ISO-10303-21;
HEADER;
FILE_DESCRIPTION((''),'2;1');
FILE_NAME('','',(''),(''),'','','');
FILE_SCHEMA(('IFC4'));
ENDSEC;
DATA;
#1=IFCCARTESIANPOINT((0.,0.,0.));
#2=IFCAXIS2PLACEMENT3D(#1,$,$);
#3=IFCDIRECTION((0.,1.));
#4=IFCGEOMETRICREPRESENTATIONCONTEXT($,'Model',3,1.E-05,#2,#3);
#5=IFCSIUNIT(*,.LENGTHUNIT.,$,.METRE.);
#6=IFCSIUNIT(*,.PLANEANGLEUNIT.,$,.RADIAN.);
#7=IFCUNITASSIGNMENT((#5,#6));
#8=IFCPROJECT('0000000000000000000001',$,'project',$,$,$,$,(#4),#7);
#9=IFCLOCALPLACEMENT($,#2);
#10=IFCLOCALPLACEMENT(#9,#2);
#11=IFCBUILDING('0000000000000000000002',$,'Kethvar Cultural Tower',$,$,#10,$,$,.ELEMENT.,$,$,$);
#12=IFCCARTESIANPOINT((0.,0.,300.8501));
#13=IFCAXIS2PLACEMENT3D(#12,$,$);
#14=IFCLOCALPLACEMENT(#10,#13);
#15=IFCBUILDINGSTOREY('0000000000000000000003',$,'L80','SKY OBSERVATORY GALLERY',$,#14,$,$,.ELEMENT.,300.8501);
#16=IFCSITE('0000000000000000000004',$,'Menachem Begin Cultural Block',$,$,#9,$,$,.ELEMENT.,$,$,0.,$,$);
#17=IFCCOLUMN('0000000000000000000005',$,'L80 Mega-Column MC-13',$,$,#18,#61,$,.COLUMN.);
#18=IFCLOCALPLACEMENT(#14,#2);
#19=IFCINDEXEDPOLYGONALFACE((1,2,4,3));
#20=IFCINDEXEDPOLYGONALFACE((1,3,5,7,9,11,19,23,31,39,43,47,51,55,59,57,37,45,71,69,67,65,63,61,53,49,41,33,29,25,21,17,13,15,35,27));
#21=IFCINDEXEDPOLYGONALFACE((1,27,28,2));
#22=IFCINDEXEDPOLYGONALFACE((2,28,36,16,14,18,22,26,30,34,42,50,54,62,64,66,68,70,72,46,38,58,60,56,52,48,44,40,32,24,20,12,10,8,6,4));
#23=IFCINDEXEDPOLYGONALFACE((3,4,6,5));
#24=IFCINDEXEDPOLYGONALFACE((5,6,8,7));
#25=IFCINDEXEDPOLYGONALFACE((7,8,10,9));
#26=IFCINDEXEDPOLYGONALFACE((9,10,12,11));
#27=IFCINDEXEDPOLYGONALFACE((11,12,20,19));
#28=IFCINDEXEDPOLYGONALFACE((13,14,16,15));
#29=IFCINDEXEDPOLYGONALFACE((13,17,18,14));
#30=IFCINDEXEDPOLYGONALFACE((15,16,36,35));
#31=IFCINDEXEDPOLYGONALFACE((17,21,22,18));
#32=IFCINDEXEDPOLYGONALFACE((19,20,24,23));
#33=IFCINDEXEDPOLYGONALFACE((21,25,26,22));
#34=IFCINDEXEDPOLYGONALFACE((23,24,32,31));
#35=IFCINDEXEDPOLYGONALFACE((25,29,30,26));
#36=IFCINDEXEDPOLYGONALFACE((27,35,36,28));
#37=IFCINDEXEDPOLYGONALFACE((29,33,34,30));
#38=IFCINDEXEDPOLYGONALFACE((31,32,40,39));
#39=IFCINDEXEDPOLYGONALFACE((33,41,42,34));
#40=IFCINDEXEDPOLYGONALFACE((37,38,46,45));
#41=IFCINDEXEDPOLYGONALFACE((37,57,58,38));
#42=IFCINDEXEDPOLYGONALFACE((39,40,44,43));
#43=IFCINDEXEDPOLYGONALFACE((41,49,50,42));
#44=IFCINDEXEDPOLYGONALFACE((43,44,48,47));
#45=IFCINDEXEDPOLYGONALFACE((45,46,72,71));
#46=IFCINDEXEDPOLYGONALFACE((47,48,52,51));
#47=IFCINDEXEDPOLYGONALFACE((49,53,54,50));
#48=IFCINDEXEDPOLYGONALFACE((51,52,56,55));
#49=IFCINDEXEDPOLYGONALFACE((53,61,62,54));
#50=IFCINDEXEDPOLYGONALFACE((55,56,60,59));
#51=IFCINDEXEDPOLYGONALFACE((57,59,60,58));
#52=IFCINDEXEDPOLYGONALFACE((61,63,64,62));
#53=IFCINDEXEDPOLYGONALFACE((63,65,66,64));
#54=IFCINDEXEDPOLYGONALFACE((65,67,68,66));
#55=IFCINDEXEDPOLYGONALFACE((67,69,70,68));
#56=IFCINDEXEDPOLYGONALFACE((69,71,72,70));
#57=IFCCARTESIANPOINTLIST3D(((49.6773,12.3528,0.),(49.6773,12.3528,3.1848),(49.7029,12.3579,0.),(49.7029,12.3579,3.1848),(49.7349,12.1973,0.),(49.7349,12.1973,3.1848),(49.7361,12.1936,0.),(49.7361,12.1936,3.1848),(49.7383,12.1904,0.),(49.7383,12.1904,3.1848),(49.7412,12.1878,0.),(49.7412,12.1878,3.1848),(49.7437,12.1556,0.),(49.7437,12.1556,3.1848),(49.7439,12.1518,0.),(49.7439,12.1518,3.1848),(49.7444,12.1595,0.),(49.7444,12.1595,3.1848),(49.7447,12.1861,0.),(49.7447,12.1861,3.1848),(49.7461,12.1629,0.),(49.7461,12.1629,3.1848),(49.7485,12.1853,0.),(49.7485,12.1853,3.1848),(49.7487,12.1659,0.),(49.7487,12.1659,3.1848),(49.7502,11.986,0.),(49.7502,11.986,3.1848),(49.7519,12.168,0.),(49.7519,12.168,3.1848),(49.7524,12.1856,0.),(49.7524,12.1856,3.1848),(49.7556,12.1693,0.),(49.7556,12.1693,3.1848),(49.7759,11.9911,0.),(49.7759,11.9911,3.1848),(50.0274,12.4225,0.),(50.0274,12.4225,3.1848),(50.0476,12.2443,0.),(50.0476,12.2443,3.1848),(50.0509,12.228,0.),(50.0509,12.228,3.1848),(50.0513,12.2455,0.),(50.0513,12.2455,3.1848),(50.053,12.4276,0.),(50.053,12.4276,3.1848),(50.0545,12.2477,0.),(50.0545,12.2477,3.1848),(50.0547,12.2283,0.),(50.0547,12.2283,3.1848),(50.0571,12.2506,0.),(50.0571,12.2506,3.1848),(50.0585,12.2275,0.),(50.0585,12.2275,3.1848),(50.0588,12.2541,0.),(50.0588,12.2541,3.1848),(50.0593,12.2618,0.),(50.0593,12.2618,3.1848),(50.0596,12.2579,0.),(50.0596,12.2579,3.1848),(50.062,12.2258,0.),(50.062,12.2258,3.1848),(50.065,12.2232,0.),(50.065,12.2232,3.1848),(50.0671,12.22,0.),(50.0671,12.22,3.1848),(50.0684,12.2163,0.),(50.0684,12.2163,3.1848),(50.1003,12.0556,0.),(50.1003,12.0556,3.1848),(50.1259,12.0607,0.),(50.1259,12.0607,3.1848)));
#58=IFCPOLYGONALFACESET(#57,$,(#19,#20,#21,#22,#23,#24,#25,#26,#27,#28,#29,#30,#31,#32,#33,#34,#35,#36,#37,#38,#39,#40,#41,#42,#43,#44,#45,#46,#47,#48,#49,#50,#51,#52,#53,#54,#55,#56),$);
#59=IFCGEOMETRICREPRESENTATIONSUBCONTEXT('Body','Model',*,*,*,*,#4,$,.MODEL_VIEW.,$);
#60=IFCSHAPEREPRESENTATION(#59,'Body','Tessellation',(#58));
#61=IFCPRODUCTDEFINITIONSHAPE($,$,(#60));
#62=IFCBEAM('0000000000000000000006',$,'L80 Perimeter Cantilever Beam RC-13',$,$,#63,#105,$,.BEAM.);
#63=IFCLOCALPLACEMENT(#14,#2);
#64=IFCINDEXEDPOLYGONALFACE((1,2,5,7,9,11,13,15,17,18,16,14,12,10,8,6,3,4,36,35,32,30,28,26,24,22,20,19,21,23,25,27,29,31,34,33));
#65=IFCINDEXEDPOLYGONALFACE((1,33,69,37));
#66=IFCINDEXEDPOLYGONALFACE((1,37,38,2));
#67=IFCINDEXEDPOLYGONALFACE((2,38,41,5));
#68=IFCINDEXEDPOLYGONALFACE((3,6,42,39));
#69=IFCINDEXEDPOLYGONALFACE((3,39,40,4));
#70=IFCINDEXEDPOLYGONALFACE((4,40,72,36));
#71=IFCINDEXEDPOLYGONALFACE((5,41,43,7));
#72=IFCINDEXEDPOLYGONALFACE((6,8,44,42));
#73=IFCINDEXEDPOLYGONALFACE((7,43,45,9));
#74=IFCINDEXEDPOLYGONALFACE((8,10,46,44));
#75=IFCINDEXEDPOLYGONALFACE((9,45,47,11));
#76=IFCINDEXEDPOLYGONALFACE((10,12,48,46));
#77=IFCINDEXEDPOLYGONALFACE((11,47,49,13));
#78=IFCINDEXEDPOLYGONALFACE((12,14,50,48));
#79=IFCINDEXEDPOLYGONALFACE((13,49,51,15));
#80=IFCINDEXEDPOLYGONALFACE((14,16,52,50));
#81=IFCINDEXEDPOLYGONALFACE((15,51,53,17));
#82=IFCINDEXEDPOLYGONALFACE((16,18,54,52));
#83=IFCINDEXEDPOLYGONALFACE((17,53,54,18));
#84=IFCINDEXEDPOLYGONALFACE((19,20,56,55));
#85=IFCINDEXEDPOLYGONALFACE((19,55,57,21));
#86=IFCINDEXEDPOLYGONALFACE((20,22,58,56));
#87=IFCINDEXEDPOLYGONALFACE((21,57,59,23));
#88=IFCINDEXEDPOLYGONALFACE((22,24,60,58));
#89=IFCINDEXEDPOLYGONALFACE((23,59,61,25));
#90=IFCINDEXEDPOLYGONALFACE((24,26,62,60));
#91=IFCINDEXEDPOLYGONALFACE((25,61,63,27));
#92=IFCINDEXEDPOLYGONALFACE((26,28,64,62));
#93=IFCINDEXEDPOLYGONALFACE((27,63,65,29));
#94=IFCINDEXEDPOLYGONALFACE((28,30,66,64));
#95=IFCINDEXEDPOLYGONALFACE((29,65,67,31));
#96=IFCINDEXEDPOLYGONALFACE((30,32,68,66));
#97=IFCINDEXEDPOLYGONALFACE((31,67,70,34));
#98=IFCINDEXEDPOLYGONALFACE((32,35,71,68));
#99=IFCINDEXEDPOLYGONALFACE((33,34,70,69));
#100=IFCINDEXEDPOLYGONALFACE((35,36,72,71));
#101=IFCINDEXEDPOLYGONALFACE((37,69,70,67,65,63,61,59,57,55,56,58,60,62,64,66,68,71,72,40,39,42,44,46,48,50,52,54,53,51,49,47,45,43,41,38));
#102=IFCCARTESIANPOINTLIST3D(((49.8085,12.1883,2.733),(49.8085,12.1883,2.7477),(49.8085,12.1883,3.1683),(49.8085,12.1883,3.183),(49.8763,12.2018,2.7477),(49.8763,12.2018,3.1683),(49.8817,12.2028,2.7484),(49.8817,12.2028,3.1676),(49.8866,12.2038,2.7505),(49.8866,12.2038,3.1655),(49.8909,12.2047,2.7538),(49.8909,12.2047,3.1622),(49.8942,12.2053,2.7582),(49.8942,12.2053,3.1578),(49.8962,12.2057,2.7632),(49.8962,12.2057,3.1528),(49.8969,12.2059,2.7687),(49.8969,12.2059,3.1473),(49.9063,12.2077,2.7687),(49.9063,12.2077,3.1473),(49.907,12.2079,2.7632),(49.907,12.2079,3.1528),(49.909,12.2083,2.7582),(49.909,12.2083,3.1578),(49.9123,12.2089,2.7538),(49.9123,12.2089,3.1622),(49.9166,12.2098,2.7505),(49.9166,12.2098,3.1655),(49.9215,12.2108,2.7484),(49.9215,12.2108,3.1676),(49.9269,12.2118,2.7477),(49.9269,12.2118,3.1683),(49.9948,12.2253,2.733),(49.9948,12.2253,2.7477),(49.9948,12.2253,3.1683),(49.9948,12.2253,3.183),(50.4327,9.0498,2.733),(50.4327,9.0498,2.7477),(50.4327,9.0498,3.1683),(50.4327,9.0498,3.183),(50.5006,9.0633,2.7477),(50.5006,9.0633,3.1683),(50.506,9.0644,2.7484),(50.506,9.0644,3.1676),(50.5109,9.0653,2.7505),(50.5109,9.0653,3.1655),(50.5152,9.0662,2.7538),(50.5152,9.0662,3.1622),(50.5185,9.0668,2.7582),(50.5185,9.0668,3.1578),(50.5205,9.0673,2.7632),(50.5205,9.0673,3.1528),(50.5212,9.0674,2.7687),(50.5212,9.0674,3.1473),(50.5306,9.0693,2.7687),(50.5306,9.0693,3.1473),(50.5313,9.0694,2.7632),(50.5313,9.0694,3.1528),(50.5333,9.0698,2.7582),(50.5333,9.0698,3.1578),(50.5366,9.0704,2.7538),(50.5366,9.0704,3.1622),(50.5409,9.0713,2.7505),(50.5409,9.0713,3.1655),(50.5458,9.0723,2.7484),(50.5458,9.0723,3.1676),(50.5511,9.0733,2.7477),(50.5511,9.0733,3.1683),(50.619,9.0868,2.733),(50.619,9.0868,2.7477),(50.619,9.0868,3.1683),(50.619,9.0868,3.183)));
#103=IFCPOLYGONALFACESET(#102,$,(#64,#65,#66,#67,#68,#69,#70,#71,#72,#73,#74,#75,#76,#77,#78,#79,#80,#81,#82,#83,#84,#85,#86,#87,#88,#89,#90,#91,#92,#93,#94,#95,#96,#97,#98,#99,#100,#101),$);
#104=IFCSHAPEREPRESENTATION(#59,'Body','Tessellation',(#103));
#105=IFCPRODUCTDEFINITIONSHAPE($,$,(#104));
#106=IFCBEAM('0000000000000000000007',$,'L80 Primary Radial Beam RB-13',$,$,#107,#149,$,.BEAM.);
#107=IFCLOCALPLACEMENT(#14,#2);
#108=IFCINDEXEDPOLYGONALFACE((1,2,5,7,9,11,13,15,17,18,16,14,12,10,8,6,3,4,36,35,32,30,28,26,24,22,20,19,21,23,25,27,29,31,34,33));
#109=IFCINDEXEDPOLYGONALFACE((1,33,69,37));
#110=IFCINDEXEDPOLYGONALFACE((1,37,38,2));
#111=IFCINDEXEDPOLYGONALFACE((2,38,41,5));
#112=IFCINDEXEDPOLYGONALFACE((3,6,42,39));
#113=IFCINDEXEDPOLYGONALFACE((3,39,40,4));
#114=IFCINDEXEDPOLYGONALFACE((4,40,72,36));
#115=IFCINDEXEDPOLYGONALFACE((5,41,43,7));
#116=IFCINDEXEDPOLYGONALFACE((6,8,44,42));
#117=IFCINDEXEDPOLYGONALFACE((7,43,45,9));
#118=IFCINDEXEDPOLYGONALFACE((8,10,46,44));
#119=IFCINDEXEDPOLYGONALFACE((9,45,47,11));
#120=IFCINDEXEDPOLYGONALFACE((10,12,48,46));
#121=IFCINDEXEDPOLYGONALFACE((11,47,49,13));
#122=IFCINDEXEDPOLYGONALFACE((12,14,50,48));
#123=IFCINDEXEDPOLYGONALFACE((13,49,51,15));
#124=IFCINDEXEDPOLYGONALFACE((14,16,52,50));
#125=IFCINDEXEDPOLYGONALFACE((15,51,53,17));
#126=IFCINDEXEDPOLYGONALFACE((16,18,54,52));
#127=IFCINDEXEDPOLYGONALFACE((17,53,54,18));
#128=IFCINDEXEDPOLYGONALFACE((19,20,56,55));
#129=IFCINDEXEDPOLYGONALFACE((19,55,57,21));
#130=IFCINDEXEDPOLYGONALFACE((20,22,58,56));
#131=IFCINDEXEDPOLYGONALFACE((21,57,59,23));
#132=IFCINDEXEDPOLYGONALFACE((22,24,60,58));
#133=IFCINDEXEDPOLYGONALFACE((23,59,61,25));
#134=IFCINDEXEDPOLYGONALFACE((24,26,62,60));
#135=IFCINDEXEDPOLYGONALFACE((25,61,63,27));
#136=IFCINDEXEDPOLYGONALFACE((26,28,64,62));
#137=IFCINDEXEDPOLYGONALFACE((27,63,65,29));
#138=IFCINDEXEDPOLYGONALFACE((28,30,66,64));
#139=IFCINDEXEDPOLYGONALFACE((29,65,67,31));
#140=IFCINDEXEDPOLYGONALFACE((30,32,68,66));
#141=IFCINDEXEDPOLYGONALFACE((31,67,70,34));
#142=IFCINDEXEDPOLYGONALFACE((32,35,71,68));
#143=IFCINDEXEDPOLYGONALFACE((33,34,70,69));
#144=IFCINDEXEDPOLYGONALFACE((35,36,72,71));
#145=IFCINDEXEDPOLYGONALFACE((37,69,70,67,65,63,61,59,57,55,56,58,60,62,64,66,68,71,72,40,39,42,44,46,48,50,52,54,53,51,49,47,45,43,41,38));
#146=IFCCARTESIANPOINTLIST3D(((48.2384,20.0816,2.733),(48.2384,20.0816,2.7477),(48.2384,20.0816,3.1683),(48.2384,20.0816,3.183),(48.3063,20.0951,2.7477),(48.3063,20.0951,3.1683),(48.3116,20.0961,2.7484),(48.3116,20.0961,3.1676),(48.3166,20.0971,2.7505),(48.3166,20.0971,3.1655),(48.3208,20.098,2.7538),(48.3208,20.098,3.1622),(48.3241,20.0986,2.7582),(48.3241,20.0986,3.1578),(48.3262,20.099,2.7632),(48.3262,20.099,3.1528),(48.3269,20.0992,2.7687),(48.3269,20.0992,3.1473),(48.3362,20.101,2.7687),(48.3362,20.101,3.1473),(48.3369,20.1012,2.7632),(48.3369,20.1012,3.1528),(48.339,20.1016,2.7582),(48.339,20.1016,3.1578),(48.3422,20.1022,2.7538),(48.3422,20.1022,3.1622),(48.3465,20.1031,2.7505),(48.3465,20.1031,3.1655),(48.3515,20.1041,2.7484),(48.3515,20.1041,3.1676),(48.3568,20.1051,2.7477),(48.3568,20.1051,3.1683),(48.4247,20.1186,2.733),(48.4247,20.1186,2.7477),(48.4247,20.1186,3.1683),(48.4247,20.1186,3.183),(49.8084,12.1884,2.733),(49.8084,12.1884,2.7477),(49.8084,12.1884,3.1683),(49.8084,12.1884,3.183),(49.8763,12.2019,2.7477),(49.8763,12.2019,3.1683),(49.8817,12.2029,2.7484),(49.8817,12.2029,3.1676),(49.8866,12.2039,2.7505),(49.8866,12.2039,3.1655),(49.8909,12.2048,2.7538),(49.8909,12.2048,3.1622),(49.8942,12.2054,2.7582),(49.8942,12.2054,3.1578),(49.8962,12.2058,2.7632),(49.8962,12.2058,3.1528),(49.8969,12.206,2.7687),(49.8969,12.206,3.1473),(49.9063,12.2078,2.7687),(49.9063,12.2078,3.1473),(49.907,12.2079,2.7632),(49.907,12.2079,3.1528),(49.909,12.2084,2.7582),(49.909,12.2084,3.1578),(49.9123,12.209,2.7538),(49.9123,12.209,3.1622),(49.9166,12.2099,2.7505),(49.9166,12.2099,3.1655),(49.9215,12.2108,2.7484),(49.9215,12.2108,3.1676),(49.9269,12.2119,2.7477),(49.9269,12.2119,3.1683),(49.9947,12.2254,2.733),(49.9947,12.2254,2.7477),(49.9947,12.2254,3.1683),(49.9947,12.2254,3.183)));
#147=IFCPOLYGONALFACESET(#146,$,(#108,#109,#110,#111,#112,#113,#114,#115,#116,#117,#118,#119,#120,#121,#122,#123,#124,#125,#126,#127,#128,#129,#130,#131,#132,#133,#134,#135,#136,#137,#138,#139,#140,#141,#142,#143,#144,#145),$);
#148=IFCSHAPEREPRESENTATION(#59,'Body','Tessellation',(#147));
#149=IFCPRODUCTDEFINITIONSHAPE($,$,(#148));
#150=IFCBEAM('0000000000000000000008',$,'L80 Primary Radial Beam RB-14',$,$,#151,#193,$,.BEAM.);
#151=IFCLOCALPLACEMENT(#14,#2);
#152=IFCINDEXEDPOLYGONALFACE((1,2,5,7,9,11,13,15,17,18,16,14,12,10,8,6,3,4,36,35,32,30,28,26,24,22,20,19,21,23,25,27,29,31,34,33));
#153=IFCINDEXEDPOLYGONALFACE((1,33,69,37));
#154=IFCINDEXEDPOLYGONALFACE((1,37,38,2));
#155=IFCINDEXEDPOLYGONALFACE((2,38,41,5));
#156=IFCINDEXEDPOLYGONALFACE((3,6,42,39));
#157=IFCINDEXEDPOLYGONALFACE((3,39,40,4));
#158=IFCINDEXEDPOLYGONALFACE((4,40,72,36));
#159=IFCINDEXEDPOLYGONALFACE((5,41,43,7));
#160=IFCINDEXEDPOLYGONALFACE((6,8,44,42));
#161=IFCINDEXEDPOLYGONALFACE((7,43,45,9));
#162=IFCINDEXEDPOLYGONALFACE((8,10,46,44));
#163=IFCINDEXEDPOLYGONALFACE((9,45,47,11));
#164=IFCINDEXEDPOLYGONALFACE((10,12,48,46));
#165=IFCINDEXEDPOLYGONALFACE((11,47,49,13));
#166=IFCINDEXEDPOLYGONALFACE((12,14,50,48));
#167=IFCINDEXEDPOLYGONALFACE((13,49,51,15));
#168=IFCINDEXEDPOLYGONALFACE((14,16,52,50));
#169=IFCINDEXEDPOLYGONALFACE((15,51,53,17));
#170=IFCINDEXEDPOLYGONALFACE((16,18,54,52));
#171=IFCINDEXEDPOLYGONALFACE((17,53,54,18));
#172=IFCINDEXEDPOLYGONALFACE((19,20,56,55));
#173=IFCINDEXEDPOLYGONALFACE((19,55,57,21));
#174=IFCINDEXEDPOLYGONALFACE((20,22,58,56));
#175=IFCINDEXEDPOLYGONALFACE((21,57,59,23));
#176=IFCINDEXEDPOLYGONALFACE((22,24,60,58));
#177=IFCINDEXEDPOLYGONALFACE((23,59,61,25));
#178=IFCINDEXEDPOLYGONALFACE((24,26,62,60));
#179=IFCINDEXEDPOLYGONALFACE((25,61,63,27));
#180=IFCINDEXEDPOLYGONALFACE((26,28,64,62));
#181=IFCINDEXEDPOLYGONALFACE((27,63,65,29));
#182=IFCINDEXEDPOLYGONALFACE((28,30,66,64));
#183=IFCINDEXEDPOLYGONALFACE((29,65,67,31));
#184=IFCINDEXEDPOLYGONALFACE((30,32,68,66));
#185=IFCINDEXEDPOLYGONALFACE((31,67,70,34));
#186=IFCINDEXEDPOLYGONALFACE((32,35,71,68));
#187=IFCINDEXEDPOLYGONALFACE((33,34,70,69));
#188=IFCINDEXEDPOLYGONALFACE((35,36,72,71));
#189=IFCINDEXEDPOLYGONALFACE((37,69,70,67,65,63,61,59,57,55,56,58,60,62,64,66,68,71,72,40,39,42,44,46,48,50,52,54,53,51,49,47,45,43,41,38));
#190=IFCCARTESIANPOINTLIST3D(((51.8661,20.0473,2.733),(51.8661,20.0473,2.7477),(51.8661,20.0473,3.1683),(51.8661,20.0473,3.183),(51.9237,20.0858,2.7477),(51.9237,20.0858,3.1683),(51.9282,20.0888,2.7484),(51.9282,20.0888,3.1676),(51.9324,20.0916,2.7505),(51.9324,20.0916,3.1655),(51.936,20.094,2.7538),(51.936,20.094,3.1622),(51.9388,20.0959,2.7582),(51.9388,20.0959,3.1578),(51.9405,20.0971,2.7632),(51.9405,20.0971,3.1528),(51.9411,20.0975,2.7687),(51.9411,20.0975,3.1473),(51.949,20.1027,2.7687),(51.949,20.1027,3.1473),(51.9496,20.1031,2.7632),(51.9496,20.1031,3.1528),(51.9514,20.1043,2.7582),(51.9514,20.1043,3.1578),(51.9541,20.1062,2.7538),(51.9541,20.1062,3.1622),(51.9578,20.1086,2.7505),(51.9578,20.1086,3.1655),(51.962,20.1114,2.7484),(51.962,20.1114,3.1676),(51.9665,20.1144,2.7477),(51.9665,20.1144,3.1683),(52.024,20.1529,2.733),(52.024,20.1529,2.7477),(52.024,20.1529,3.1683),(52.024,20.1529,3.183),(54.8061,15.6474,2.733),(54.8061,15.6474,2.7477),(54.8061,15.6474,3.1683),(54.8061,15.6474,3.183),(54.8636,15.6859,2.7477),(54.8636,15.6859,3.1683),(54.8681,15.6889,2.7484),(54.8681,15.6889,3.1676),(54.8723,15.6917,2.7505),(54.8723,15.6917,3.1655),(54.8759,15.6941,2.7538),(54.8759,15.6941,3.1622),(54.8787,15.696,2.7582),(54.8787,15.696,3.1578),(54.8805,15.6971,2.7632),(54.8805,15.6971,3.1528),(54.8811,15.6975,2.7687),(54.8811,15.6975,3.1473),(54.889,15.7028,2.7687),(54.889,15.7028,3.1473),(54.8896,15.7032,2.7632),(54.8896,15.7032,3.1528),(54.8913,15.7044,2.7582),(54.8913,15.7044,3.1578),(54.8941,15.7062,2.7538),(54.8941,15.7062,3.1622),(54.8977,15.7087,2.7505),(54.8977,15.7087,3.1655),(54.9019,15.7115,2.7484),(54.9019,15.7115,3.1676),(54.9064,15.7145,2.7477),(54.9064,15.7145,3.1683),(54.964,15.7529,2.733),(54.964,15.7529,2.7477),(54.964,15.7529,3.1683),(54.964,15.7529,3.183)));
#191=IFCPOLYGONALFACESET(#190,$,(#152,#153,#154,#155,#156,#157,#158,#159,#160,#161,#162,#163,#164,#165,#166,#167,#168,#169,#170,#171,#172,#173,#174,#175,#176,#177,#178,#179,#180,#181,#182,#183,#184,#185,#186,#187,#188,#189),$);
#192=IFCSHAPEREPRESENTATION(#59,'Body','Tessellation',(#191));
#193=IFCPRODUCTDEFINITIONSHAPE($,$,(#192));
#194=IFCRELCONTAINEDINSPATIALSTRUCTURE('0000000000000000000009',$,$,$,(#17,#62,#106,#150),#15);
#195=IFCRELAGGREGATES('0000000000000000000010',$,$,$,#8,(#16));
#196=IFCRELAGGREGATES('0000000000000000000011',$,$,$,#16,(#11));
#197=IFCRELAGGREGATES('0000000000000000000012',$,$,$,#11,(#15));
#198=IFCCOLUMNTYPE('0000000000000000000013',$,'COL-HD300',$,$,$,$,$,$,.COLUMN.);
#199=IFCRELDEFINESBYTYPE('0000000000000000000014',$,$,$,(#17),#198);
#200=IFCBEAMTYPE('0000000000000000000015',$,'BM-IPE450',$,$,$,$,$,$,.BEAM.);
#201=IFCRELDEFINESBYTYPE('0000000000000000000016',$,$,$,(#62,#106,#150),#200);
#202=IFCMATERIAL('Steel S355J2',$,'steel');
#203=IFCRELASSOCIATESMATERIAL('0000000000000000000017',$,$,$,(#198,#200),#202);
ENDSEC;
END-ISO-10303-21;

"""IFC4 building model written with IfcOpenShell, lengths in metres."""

from ifc_helpers import new_model, si_unit, direction, frame, origin, origin_2d, place, context, subcontext, project, spatial, i_section, extrude, source, transform, mapped, material, material_profile, profile_set, type_object, element, save


model = new_model("IFC4")

# Units and contexts
model_context = context("Model", 3, precision=1e-05, world=origin(), true_north=direction((0.0, 1.0)))
body_context = subcontext(model_context, "Body", "Model", "MODEL_VIEW")
ifc_project = project(units=[si_unit("LENGTHUNIT", "METRE"), si_unit("PLANEANGLEUNIT", "RADIAN")], contexts=[model_context])

# Site, building, storey
site_placement = place(None, origin())
site = spatial("IfcSite", under=ifc_project, at=site_placement, Name="Menachem Begin Cultural Block", CompositionType="ELEMENT", RefElevation=0.0)
building_placement = place(site_placement, origin())
building = spatial("IfcBuilding", under=site, at=building_placement, Name="Kethvar Cultural Tower", CompositionType="ELEMENT")
storey_placement = place(building_placement, frame((0.0, 0.0, 300.8501)))
storey = spatial("IfcBuildingStorey", under=building, at=storey_placement, Name="L80", Description="SKY OBSERVATORY GALLERY", CompositionType="ELEMENT", Elevation=300.8501)

# Column
ifc_material_1 = material(Name="Steel S355J2", Category="steel")
ifc_material_profile_1 = material_profile(ifc_material_1, i_section(OverallWidth=0.374, OverallDepth=0.3831, WebThickness=0.0166, FlangeThickness=0.0261, FilletRadius=0.0149, at=origin_2d()), Name="Steel S355J2 — HD360x300")
ifc_profile_set_1 = profile_set([ifc_material_profile_1], Name="Steel S355J2 — HD360x300")
column_type = type_object("IfcColumnType", Name="COL-HD300", PredefinedType="COLUMN", material=ifc_profile_set_1)
shared_shape_1 = source(origin(), body_context, "Body", "SweptSolid", [
    extrude(i_section(OverallWidth=0.374, OverallDepth=0.3831, WebThickness=0.0166, FlangeThickness=0.0261, FilletRadius=0.0149, at=origin_2d()), origin(), (0.0, 0.0, 1.0), 3.1848),
])
column_placement = place(storey_placement, frame((49.9016, 12.2068, 0.0), z_axis=(0.0, 0.0, 1.0), x_axis=(0.19509, -0.980785, 0.0)))
element("IfcColumn", 1, at=column_placement, inside=storey, type_object=column_type, Name="L80 Mega-Column MC-13", PredefinedType="COLUMN", context=body_context, shape_type="MappedRepresentation", body=[
    mapped(shared_shape_1, transform((0.0, 0.0, 0.0), scale=1.0)),
])

# Beams
ifc_material_profile_2 = material_profile(ifc_material_1, i_section(OverallWidth=0.1899, OverallDepth=0.45, WebThickness=0.0095, FlangeThickness=0.0146, FilletRadius=0.021, at=origin_2d()), Name="Steel S355J2 — IPE450")
ifc_profile_set_2 = profile_set([ifc_material_profile_2], Name="Steel S355J2 — IPE450")
beam_type_1 = type_object("IfcBeamType", Name="BM-IPE450", PredefinedType="BEAM", material=ifc_profile_set_2)
shared_shape_2 = source(origin(), body_context, "Body", "SweptSolid", [
    extrude(i_section(OverallWidth=0.1899, OverallDepth=0.45, WebThickness=0.0095, FlangeThickness=0.0146, FilletRadius=0.021, at=origin_2d()), origin(), (0.0, 0.0, 1.0), 3.2),
])
beam_1_placement = place(storey_placement, frame((49.9016, 12.2068, 2.958), z_axis=(0.195089, -0.980786, 0.0), x_axis=(0.980786, 0.195089, 0.0)))
element("IfcBeam", 2, at=beam_1_placement, inside=storey, type_object=beam_type_1, Name="L80 Perimeter Cantilever Beam RC-13", PredefinedType="BEAM", context=body_context, shape_type="MappedRepresentation", body=[
    mapped(shared_shape_2, transform((0.0, 0.0, 0.0), scale=1.0)),
])
shared_shape_3 = source(origin(), body_context, "Body", "SweptSolid", [
    extrude(i_section(OverallWidth=0.1899, OverallDepth=0.45, WebThickness=0.0095, FlangeThickness=0.0146, FilletRadius=0.021, at=origin_2d()), origin(), (0.0, 0.0, 1.0), 8.0479),
])
beam_2_placement = place(storey_placement, frame((48.3315, 20.1001, 2.958), z_axis=(0.195089, -0.980785, 0.0), x_axis=(0.980785, 0.195089, 0.0)))
element("IfcBeam", 3, at=beam_2_placement, inside=storey, type_object=beam_type_1, Name="L80 Primary Radial Beam RB-13", PredefinedType="BEAM", context=body_context, shape_type="MappedRepresentation", body=[
    mapped(shared_shape_3, transform((0.0, 0.0, 0.0), scale=1.0)),
])
shared_shape_4 = source(origin(), body_context, "Body", "SweptSolid", [
    extrude(i_section(OverallWidth=0.1899, OverallDepth=0.45, WebThickness=0.0095, FlangeThickness=0.0146, FilletRadius=0.021, at=origin_2d()), origin(), (0.0, 0.0, 1.0), 5.2917),
])
beam_3_placement = place(storey_placement, frame((51.9451, 20.1001, 2.958), z_axis=(0.555573, -0.831468, 0.0), x_axis=(0.831468, 0.555573, 0.0)))
element("IfcBeam", 4, at=beam_3_placement, inside=storey, type_object=beam_type_1, Name="L80 Primary Radial Beam RB-14", PredefinedType="BEAM", context=body_context, shape_type="MappedRepresentation", body=[
    mapped(shared_shape_4, transform((0.0, 0.0, 0.0), scale=1.0)),
])

save(model, "model.ifc")
